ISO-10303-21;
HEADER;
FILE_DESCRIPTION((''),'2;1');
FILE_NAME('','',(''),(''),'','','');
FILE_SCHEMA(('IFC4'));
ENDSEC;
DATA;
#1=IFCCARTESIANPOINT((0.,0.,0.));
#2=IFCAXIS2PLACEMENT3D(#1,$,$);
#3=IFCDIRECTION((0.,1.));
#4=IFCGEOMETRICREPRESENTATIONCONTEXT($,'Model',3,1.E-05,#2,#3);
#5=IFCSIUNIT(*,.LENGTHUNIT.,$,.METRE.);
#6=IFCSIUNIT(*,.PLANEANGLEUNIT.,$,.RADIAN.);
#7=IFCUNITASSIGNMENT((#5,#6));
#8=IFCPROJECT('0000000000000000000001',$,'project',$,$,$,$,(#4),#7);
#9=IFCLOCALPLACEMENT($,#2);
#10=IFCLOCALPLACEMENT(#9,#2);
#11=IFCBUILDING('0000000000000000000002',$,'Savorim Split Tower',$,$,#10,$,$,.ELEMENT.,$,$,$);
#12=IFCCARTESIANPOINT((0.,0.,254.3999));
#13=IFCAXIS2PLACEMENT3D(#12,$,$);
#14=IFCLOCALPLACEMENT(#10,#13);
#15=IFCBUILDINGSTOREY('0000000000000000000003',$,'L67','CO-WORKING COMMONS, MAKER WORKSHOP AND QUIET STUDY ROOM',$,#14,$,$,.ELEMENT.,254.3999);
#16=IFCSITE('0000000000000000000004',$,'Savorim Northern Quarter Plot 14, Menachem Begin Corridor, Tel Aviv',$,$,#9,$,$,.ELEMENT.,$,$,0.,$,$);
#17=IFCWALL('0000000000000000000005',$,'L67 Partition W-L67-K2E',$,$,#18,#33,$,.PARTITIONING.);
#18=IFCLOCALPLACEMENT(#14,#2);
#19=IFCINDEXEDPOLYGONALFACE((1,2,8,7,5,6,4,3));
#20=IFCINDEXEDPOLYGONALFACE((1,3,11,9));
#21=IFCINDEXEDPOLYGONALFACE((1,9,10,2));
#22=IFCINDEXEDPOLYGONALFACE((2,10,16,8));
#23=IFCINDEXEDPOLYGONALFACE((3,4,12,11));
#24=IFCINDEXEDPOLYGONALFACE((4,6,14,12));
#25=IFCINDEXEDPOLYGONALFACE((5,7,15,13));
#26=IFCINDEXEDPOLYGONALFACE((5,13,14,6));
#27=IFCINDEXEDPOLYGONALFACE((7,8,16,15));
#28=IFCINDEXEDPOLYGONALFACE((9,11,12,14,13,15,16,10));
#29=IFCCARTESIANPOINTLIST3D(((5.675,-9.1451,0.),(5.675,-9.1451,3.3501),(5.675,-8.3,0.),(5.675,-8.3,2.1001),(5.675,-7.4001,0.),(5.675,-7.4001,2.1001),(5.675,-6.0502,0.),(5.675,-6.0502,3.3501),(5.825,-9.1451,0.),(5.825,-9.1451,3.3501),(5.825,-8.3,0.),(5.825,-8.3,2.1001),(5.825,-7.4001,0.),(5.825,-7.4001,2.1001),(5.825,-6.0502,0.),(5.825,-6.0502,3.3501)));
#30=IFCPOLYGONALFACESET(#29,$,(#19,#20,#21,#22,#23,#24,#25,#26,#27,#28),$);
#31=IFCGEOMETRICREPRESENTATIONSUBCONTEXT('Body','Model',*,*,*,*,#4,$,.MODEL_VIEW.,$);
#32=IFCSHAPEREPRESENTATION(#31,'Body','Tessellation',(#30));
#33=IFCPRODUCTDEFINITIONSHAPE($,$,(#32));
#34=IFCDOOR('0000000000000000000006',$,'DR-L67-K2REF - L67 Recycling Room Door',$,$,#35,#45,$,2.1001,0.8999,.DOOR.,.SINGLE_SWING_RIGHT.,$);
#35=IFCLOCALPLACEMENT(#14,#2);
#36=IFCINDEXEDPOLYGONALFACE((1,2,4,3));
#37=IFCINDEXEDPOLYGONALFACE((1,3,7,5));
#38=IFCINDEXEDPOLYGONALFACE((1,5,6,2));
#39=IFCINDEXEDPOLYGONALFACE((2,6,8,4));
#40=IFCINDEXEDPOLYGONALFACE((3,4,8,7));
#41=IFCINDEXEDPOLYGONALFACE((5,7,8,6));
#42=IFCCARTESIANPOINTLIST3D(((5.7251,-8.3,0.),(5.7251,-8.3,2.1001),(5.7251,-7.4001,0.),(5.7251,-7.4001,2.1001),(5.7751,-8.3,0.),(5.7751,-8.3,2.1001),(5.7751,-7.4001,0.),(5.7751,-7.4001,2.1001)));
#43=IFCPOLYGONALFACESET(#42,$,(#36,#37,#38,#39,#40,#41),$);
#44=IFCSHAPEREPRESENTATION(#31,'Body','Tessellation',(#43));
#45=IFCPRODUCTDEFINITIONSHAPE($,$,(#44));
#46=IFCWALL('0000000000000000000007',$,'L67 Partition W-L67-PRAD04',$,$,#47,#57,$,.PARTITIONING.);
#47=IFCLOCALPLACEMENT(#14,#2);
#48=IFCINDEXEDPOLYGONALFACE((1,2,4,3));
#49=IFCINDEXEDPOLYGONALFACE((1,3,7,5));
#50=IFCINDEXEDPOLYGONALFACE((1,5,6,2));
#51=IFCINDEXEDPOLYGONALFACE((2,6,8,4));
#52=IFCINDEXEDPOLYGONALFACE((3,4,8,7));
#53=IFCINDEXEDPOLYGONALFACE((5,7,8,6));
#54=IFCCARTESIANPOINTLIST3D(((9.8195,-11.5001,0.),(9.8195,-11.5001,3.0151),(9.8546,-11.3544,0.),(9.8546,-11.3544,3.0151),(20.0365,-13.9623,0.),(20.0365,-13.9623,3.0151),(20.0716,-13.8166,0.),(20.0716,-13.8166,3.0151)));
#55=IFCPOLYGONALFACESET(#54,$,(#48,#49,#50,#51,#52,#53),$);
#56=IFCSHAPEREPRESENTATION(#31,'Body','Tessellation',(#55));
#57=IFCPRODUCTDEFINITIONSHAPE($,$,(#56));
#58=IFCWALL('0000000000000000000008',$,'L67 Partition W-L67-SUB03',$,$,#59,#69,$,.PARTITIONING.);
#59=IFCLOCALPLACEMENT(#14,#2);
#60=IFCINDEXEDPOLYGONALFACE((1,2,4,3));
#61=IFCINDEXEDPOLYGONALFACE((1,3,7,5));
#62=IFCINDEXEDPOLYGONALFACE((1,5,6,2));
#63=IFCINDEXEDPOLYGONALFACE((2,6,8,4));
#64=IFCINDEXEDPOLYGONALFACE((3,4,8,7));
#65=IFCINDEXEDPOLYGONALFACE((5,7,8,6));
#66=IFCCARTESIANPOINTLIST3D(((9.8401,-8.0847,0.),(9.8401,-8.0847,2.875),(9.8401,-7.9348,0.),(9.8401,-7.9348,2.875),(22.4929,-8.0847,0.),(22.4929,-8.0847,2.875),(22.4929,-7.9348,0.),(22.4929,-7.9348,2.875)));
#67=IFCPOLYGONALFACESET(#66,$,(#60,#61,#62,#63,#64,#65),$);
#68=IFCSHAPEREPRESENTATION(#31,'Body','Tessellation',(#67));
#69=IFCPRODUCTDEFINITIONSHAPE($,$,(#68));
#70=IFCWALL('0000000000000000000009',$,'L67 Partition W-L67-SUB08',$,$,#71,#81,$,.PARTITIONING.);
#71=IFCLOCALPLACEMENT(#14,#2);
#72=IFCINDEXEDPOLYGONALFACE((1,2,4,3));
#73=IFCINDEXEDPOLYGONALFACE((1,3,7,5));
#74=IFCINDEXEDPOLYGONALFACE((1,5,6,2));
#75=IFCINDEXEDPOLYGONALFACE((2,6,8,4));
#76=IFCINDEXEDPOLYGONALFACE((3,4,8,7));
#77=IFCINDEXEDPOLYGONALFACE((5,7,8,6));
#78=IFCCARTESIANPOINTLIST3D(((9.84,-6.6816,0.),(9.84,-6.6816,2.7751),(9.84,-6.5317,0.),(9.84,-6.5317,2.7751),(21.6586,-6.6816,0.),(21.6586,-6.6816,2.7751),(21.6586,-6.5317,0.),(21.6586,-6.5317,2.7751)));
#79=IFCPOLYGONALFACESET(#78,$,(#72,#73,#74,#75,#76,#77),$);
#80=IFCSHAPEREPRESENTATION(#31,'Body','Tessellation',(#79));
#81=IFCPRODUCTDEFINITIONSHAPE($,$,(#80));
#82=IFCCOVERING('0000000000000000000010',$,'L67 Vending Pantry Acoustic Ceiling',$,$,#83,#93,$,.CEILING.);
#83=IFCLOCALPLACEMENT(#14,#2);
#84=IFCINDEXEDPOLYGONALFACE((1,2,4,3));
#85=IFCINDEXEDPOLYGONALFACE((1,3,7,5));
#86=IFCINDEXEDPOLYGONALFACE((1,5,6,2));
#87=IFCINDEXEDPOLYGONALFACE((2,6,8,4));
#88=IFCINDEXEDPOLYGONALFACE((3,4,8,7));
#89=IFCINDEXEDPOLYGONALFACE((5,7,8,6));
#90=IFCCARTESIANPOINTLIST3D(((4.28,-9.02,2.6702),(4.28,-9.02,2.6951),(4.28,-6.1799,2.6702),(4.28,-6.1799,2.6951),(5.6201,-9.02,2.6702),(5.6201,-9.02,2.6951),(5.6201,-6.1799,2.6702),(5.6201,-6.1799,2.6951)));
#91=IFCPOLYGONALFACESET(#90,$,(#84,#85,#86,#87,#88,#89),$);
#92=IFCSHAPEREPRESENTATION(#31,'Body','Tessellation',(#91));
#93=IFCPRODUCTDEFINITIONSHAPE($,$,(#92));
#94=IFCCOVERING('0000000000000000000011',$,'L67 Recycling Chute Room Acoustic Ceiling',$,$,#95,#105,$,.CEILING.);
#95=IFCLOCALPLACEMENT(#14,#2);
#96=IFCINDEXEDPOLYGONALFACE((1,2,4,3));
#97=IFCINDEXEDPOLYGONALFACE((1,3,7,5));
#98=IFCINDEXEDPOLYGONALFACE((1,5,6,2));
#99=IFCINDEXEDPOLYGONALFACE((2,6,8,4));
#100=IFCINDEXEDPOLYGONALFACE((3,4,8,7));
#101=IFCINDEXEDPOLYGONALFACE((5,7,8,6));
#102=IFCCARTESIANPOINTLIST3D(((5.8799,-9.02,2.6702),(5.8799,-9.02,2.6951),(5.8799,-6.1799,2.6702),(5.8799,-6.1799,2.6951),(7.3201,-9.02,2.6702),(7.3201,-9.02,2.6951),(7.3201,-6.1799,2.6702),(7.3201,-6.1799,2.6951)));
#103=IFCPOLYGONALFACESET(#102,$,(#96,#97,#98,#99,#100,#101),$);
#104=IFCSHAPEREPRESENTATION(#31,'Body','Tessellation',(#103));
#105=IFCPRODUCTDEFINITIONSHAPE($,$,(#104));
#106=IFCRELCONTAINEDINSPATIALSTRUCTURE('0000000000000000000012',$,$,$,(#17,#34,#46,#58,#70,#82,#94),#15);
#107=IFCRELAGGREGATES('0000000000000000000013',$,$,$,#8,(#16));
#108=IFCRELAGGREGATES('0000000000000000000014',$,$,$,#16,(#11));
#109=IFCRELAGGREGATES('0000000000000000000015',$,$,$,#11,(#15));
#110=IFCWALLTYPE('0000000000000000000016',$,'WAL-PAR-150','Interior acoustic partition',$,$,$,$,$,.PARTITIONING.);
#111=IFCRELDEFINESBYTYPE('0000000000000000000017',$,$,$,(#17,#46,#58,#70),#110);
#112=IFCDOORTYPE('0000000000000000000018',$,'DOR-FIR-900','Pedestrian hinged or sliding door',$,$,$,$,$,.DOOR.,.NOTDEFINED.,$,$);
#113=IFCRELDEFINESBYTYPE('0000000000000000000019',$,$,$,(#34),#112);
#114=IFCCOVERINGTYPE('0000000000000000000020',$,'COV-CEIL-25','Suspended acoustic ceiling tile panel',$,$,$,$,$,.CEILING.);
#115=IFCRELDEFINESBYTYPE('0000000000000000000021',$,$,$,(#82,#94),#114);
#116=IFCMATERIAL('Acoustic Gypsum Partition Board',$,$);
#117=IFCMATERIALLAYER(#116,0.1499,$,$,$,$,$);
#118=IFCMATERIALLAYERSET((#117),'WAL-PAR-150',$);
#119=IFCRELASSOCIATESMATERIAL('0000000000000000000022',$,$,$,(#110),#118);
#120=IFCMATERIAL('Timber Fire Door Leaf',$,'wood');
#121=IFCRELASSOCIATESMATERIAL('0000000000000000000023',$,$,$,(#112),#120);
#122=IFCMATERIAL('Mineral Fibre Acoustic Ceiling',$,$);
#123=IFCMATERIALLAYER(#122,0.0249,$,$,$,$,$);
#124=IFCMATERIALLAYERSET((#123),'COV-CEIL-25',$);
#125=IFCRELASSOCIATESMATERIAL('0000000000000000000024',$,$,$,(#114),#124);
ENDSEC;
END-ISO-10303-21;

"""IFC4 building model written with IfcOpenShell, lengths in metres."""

from ifc_helpers import new_model, si_unit, direction, frame, frame_2d, origin, place, context, subcontext, project, spatial, polyline, rectangle, outline, extrude, material, layer, layer_set, type_object, element, fill, save


model = new_model("IFC4")

# Units and contexts
model_context = context("Model", 3, precision=1e-05, world=origin(), true_north=direction((0.0, 1.0)))
body_context = subcontext(model_context, "Body", "Model", "MODEL_VIEW")
ifc_project = project(units=[si_unit("LENGTHUNIT", "METRE"), si_unit("PLANEANGLEUNIT", "RADIAN")], contexts=[model_context])

# Site, building, storey
site_placement = place(None, origin())
site = spatial("IfcSite", under=ifc_project, at=site_placement, Name="Savorim Northern Quarter Plot 14, Menachem Begin Corridor, Tel Aviv", CompositionType="ELEMENT", RefElevation=0.0)
building_placement = place(site_placement, origin())
building = spatial("IfcBuilding", under=site, at=building_placement, Name="Savorim Split Tower", CompositionType="ELEMENT")
storey_placement = place(building_placement, frame((0.0, 0.0, 254.3999)))
storey = spatial("IfcBuildingStorey", under=building, at=storey_placement, Name="L67", Description="CO-WORKING COMMONS, MAKER WORKSHOP AND QUIET STUDY ROOM", CompositionType="ELEMENT", Elevation=254.3999)

# Shared definitions
ifc_material_1 = material(Name="Timber Fire Door Leaf", Category="wood")

# Wall, opening, door
ifc_material_2 = material(Name="Acoustic Gypsum Partition Board")
ifc_layer_1 = layer(ifc_material_2, 0.1499)
ifc_layer_set_1 = layer_set([ifc_layer_1], Name="WAL-PAR-150")
wall_type_1 = type_object("IfcWallType", Name="WAL-PAR-150", Description="Interior acoustic partition", PredefinedType="PARTITIONING", material=ifc_layer_set_1)
door_type_1 = type_object("IfcDoorType", Name="DOR-FIR-900", Description="Pedestrian hinged or sliding door", OperationType="NOTDEFINED", PredefinedType="DOOR", material=ifc_material_1)
wall_1_placement = place(storey_placement, frame((5.75, -9.145, 0.0), z_axis=(0.0, 0.0, 1.0), x_axis=(0.0, 1.0, 0.0)))
wall_1 = element("IfcWall", 1, at=wall_1_placement, inside=storey, type_object=wall_type_1, Name="L67 Partition W-L67-K2E", PredefinedType="PARTITIONING", context=body_context, shape_type="SweptSolid", body=[
    extrude(rectangle(XDim=3.095, YDim=0.1499, at=frame_2d((1.5474, 0.0))), origin(), (0.0, 0.0, 1.0), 3.3501),
])
opening_1_placement = place(wall_1_placement, frame((0.845, 0.0, 0.0)))
opening_1 = element("IfcOpeningElement", 2, at=opening_1_placement, cuts=wall_1, PredefinedType="OPENING", context=body_context, shape_type="SweptSolid", body=[
    extrude(rectangle(XDim=0.8999, YDim=2.1001, at=frame_2d((0.45, 1.05))), frame((0.0, 0.085, 0.0), z_axis=(0.0, -1.0, 0.0), x_axis=(1.0, 0.0, 0.0)), (0.0, 0.0, 1.0), 0.1699),
])
door_1_placement = place(opening_1_placement, origin())
door_1 = element("IfcDoor", 3, at=door_1_placement, inside=storey, type_object=door_type_1, Name="DR-L67-K2REF - L67 Recycling Room Door", OperationType="SINGLE_SWING_RIGHT", OverallHeight=2.1001, OverallWidth=0.8999, PredefinedType="DOOR", context=body_context, shape_type="SweptSolid", body=[
    extrude(rectangle(XDim=0.8999, YDim=2.1001, at=frame_2d((0.45, 1.05))), frame((0.0, 0.0249, 0.0), z_axis=(0.0, -1.0, 0.0), x_axis=(1.0, 0.0, 0.0)), (0.0, 0.0, 1.0), 0.05),
])
fill(opening_1, door_1)

# Walls
wall_2_placement = place(storey_placement, frame((9.8369, -11.4272, 0.0), z_axis=(0.0, 0.0, 1.0), x_axis=(0.972169, -0.234279, 0.0)))
element("IfcWall", 4, at=wall_2_placement, inside=storey, type_object=wall_type_1, Name="L67 Partition W-L67-PRAD04", PredefinedType="PARTITIONING", context=body_context, shape_type="SweptSolid", body=[
    extrude(rectangle(XDim=10.5095, YDim=0.1499, at=frame_2d((5.2549, 0.0))), origin(), (0.0, 0.0, 1.0), 3.0151),
])
wall_3_placement = place(storey_placement, frame((9.8401, -8.0098, 0.0), z_axis=(0.0, 0.0, 1.0), x_axis=(1.0, 0.0, 0.0)))
element("IfcWall", 5, at=wall_3_placement, inside=storey, type_object=wall_type_1, Name="L67 Partition W-L67-SUB03", PredefinedType="PARTITIONING", context=body_context, shape_type="SweptSolid", body=[
    extrude(rectangle(XDim=12.6528, YDim=0.1499, at=frame_2d((6.3264, 0.0))), origin(), (0.0, 0.0, 1.0), 2.875),
])
wall_4_placement = place(storey_placement, frame((9.8401, -6.6067, 0.0), z_axis=(0.0, 0.0, 1.0), x_axis=(1.0, 0.0, 0.0)))
element("IfcWall", 6, at=wall_4_placement, inside=storey, type_object=wall_type_1, Name="L67 Partition W-L67-SUB08", PredefinedType="PARTITIONING", context=body_context, shape_type="SweptSolid", body=[
    extrude(rectangle(XDim=11.8186, YDim=0.1499, at=frame_2d((5.9092, 0.0))), origin(), (0.0, 0.0, 1.0), 2.7751),
])

# Coverings
ifc_material_3 = material(Name="Mineral Fibre Acoustic Ceiling")
ifc_layer_2 = layer(ifc_material_3, 0.0249)
ifc_layer_set_2 = layer_set([ifc_layer_2], Name="COV-CEIL-25")
covering_type_1 = type_object("IfcCoveringType", Name="COV-CEIL-25", Description="Suspended acoustic ceiling tile panel", PredefinedType="CEILING", material=ifc_layer_set_2)
covering_1_placement = place(storey_placement, frame((0.0, 0.0, 2.6702)))
element("IfcCovering", 7, at=covering_1_placement, inside=storey, type_object=covering_type_1, Name="L67 Vending Pantry Acoustic Ceiling", PredefinedType="CEILING", context=body_context, shape_type="SweptSolid", body=[
    extrude(outline(polyline([(4.28, -6.1799), (4.28, -9.02), (5.6201, -9.02), (5.6201, -6.1799), (4.28, -6.1799)])), origin(), (0.0, 0.0, 1.0), 0.0249),
])
covering_2_placement = place(storey_placement, frame((0.0, 0.0, 2.6702)))
element("IfcCovering", 8, at=covering_2_placement, inside=storey, type_object=covering_type_1, Name="L67 Recycling Chute Room Acoustic Ceiling", PredefinedType="CEILING", context=body_context, shape_type="SweptSolid", body=[
    extrude(outline(polyline([(5.8799, -6.1799), (5.8799, -9.02), (7.3201, -9.02), (7.3201, -6.1799), (5.8799, -6.1799)])), origin(), (0.0, 0.0, 1.0), 0.0249),
])

save(model, "model.ifc")
